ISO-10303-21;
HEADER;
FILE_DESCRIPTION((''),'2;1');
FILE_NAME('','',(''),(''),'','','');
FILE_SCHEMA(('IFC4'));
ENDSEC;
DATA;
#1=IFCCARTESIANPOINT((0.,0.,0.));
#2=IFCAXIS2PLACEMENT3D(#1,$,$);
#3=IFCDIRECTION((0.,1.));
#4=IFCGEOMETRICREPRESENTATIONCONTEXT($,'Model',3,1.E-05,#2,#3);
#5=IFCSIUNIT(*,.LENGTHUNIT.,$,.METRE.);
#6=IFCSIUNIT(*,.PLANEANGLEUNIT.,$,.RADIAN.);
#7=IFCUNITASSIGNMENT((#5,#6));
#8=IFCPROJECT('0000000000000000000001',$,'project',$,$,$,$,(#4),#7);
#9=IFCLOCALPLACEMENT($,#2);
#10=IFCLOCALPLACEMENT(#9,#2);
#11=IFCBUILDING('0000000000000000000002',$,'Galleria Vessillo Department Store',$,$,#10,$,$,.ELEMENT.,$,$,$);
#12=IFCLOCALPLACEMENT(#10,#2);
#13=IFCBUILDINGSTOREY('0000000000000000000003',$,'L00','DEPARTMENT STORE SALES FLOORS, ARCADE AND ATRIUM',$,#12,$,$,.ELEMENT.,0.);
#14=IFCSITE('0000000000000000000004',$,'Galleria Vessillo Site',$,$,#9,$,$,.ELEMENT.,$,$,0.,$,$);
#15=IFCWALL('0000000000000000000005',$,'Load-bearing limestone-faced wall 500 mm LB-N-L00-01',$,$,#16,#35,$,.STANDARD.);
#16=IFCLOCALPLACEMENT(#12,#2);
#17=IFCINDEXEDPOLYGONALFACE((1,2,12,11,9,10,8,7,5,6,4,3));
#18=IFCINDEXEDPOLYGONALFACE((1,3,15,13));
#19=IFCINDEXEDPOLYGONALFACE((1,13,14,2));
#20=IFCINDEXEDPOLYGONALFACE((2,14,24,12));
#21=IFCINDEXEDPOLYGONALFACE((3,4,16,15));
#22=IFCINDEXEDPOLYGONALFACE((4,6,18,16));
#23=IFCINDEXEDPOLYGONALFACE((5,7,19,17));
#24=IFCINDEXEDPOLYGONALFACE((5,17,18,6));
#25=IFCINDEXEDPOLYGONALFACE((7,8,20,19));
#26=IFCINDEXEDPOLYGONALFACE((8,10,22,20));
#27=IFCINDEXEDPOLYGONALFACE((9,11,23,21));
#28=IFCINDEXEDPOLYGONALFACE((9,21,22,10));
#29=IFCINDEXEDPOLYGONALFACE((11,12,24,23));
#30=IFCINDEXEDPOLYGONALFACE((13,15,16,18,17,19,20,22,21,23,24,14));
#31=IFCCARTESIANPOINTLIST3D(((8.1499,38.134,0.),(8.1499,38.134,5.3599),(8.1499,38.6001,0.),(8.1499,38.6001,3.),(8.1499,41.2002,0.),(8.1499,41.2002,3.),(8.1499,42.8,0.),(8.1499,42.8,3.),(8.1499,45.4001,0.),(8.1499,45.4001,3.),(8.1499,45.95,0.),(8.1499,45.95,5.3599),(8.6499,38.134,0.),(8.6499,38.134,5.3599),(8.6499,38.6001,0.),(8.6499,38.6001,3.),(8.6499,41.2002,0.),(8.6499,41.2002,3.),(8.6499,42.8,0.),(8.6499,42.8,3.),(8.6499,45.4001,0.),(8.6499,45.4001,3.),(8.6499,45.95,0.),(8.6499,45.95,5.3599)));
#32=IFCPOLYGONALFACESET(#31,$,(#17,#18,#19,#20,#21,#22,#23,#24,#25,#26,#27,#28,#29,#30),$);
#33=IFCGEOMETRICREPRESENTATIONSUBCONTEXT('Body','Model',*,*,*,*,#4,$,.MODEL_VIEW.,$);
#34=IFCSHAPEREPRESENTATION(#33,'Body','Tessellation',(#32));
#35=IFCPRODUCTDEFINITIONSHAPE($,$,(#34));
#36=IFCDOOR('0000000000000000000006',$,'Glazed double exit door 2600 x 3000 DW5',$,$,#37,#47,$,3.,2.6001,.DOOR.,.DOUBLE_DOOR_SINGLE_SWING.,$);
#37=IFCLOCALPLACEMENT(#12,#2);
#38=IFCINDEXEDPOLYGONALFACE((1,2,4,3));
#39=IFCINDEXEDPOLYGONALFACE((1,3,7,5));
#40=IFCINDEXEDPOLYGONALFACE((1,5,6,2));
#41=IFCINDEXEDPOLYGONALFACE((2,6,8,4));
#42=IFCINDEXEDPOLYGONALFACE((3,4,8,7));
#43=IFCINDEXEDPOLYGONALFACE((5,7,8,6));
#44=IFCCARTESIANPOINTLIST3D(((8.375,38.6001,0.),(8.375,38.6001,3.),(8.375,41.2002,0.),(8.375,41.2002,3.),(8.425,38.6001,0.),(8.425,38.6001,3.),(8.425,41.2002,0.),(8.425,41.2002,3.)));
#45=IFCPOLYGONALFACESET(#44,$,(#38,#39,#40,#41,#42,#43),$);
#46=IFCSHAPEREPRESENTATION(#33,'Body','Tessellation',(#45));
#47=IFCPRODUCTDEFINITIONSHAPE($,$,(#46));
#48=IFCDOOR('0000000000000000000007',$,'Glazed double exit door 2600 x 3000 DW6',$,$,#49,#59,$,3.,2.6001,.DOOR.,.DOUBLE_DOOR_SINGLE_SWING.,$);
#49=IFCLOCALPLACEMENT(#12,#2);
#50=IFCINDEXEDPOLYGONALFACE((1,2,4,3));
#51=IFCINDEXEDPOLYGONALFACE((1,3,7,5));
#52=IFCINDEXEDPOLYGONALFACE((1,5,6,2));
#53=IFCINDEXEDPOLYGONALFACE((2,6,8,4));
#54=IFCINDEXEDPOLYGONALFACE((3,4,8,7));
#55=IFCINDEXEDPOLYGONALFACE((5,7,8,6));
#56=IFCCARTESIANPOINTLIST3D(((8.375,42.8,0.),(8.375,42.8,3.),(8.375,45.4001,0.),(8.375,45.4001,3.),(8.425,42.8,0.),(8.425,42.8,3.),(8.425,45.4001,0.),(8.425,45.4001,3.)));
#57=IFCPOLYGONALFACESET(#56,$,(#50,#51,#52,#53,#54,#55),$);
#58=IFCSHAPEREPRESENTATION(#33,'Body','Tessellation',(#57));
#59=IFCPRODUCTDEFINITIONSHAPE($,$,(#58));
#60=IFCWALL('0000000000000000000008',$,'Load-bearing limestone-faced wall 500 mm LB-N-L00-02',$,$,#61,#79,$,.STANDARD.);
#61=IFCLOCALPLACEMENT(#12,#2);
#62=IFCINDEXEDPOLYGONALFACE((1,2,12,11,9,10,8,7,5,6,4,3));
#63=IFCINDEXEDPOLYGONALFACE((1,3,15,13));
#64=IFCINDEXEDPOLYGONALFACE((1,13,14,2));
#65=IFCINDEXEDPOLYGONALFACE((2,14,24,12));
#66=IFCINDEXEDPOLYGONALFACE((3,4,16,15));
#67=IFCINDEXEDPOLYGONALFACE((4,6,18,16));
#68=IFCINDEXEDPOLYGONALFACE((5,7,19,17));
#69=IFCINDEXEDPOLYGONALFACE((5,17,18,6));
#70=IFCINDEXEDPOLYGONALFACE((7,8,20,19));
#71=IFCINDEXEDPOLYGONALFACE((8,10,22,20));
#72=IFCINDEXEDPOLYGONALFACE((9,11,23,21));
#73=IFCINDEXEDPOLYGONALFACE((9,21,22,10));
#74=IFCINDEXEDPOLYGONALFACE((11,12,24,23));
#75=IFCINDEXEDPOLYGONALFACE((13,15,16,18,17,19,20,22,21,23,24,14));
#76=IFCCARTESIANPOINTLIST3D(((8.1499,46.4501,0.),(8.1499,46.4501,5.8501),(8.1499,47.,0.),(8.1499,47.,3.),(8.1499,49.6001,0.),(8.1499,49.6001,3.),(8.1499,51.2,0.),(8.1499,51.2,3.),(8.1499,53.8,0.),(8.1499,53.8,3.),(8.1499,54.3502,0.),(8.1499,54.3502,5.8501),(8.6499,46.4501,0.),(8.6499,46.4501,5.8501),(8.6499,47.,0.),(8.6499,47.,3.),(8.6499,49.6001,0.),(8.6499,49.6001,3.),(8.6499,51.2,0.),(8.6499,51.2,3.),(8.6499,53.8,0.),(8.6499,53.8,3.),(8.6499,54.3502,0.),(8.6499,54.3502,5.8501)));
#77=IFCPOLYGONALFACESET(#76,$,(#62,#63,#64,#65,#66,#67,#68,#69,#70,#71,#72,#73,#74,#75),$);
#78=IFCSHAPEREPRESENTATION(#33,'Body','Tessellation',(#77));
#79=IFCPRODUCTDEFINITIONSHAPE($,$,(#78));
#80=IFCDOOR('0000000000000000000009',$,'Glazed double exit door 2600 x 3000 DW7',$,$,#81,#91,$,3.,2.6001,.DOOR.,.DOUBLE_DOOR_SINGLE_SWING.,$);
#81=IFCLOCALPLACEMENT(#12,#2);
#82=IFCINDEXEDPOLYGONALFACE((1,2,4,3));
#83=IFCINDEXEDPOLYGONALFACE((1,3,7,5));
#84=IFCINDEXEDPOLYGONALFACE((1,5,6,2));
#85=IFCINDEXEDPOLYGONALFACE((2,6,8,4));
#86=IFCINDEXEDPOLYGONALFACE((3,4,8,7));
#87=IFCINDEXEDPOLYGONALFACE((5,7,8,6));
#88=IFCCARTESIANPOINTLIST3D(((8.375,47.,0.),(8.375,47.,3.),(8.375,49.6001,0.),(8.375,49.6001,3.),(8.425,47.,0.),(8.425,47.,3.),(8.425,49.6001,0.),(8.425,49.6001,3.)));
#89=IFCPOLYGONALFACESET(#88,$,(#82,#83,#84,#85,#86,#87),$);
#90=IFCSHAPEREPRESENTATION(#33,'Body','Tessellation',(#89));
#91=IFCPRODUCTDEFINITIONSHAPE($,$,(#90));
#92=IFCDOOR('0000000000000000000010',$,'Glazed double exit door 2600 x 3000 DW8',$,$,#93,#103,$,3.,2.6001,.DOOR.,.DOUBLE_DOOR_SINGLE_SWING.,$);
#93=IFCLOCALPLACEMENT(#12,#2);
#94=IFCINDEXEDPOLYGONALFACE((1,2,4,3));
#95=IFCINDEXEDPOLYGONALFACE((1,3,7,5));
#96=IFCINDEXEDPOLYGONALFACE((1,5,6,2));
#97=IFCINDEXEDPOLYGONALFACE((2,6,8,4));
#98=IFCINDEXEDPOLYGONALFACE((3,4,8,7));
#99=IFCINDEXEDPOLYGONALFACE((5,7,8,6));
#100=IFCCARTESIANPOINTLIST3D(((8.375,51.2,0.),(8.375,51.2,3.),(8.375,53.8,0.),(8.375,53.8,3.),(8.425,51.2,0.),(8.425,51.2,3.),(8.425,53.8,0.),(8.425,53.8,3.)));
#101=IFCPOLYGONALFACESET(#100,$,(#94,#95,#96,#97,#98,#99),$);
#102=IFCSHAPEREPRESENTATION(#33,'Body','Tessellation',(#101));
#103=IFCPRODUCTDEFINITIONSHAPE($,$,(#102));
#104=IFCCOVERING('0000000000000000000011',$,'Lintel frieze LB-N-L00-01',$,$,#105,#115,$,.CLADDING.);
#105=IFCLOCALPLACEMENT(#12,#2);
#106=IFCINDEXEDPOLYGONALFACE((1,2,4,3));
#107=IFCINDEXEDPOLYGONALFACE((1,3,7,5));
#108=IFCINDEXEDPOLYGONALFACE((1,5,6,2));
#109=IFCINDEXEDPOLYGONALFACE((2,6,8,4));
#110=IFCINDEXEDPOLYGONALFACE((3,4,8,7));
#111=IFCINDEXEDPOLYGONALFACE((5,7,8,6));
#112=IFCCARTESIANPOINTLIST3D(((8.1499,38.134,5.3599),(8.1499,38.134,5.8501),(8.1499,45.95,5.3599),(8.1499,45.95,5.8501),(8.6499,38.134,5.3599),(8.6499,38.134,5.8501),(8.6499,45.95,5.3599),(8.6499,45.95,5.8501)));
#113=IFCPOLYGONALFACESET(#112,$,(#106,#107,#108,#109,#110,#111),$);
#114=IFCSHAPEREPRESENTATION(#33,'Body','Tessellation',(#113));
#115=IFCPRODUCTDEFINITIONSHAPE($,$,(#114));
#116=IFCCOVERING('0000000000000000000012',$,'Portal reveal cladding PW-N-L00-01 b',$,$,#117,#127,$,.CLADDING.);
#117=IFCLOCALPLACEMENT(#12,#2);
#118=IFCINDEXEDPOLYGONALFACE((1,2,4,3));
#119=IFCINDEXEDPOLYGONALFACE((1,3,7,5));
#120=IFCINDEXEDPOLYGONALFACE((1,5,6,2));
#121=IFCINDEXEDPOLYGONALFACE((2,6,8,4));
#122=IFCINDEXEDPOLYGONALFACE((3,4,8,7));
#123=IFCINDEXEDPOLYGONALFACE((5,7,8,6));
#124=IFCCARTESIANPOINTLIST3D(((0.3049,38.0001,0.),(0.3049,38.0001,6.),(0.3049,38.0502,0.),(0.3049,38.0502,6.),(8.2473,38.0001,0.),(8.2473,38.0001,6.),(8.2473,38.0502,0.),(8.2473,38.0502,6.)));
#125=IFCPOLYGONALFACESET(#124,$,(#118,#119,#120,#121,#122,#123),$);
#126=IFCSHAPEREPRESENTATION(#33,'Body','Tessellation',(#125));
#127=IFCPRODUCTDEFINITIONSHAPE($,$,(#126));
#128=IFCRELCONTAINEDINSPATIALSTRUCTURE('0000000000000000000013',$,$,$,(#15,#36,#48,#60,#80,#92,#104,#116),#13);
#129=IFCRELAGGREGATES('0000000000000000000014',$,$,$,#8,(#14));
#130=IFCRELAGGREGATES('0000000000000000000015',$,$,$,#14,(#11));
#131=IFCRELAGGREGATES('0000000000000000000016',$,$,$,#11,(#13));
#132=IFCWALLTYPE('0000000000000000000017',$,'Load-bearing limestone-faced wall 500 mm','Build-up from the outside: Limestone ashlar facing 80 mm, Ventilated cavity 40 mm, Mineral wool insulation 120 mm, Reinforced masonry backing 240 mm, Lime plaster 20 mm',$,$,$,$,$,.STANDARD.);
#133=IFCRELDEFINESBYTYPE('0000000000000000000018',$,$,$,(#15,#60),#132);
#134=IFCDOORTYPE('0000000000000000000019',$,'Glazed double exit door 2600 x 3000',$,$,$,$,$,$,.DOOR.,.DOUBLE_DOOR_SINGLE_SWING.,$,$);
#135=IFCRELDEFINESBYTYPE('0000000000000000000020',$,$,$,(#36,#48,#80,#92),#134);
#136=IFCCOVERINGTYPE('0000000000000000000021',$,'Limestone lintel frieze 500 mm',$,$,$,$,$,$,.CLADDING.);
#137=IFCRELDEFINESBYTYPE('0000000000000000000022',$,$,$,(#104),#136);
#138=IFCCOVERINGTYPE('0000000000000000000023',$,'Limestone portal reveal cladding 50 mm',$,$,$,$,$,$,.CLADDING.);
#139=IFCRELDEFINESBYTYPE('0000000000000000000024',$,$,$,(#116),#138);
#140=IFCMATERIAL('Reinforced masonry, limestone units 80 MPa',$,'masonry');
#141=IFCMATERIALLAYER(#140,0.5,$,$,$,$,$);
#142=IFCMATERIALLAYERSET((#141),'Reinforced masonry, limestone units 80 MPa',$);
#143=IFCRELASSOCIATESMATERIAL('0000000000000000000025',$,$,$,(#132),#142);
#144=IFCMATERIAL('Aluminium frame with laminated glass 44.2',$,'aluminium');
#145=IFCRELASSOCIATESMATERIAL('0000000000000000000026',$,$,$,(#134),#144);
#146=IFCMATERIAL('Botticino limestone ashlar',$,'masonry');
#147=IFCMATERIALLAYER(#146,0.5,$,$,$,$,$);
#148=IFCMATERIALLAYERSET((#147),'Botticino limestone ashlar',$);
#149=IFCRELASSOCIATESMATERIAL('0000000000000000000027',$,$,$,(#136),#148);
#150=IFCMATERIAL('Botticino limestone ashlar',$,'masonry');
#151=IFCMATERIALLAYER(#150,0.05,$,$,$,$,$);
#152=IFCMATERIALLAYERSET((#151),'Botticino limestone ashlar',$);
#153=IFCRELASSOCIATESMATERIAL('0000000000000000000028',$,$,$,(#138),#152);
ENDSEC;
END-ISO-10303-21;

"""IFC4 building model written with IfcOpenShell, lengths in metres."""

from ifc_helpers import new_model, si_unit, direction, frame, frame_2d, origin, origin_2d, place, context, subcontext, project, spatial, rectangle, extrude, material, layer, layer_set, type_object, element, fill, save


model = new_model("IFC4")

# Units and contexts
model_context = context("Model", 3, precision=1e-05, world=origin(), true_north=direction((0.0, 1.0)))
body_context = subcontext(model_context, "Body", "Model", "MODEL_VIEW")
ifc_project = project(units=[si_unit("LENGTHUNIT", "METRE"), si_unit("PLANEANGLEUNIT", "RADIAN")], contexts=[model_context])

# Site, building, storey
site_placement = place(None, origin())
site = spatial("IfcSite", under=ifc_project, at=site_placement, Name="Galleria Vessillo Site", CompositionType="ELEMENT", RefElevation=0.0)
building_placement = place(site_placement, origin())
building = spatial("IfcBuilding", under=site, at=building_placement, Name="Galleria Vessillo Department Store", CompositionType="ELEMENT")
storey_placement = place(building_placement, origin())
storey = spatial("IfcBuildingStorey", under=building, at=storey_placement, Name="L00", Description="DEPARTMENT STORE SALES FLOORS, ARCADE AND ATRIUM", CompositionType="ELEMENT", Elevation=0.0)

# Walls, openings, doors
ifc_material_1 = material(Name="Reinforced masonry, limestone units 80 MPa", Category="masonry")
ifc_layer_1 = layer(ifc_material_1, 0.5)
ifc_layer_set_1 = layer_set([ifc_layer_1], Name="Reinforced masonry, limestone units 80 MPa")
wall_type = type_object("IfcWallType", Name="Load-bearing limestone-faced wall 500 mm", Description="Build-up from the outside: Limestone ashlar facing 80 mm, Ventilated cavity 40 mm, Mineral wool insulation 120 mm, Reinforced masonry backing 240 mm, Lime plaster 20 mm", PredefinedType="STANDARD", material=ifc_layer_set_1)
wall_1_placement = place(storey_placement, frame((8.3999, 38.134, 0.0), z_axis=(0.0, 0.0, 1.0), x_axis=(0.0, 1.0, 0.0)))
wall_1 = element("IfcWall", 1, at=wall_1_placement, inside=storey, type_object=wall_type, Name="Load-bearing limestone-faced wall 500 mm LB-N-L00-01", PredefinedType="STANDARD", context=body_context, shape_type="SweptSolid", body=[
    extrude(rectangle(XDim=7.8159, YDim=0.5, at=frame_2d((3.908, 0.0))), origin(), (0.0, 0.0, 1.0), 5.3599),
])
opening_1_placement = place(wall_1_placement, frame((0.4661, 0.0, 0.0)))
opening_1 = element("IfcOpeningElement", 2, at=opening_1_placement, cuts=wall_1, PredefinedType="OPENING", context=body_context, shape_type="SweptSolid", body=[
    extrude(rectangle(XDim=2.6001, YDim=3.0, at=frame_2d((1.3, 1.5))), frame((0.0, 0.26, 0.0), z_axis=(0.0, -1.0, 0.0), x_axis=(1.0, 0.0, 0.0)), (0.0, 0.0, 1.0), 0.52),
])
opening_2_placement = place(wall_1_placement, frame((4.666, 0.0, 0.0)))
opening_2 = element("IfcOpeningElement", 3, at=opening_2_placement, cuts=wall_1, PredefinedType="OPENING", context=body_context, shape_type="SweptSolid", body=[
    extrude(rectangle(XDim=2.6001, YDim=3.0, at=frame_2d((1.3, 1.5))), frame((0.0, 0.26, 0.0), z_axis=(0.0, -1.0, 0.0), x_axis=(1.0, 0.0, 0.0)), (0.0, 0.0, 1.0), 0.52),
])
ifc_material_2 = material(Name="Aluminium frame with laminated glass 44.2", Category="aluminium")
door_type = type_object("IfcDoorType", Name="Glazed double exit door 2600 x 3000", OperationType="DOUBLE_DOOR_SINGLE_SWING", PredefinedType="DOOR", material=ifc_material_2)
door_1_placement = place(opening_1_placement, origin())
door_1 = element("IfcDoor", 4, at=door_1_placement, inside=storey, type_object=door_type, Name="Glazed double exit door 2600 x 3000 DW5", OperationType="DOUBLE_DOOR_SINGLE_SWING", OverallHeight=3.0, OverallWidth=2.6001, PredefinedType="DOOR", context=body_context, shape_type="SweptSolid", body=[
    extrude(rectangle(XDim=2.6001, YDim=3.0, at=frame_2d((1.3, 1.5))), frame((0.0, 0.0249, 0.0), z_axis=(0.0, -1.0, 0.0), x_axis=(1.0, 0.0, 0.0)), (0.0, 0.0, 1.0), 0.05),
])
fill(opening_1, door_1)
door_2_placement = place(opening_2_placement, origin())
door_2 = element("IfcDoor", 5, at=door_2_placement, inside=storey, type_object=door_type, Name="Glazed double exit door 2600 x 3000 DW6", OperationType="DOUBLE_DOOR_SINGLE_SWING", OverallHeight=3.0, OverallWidth=2.6001, PredefinedType="DOOR", context=body_context, shape_type="SweptSolid", body=[
    extrude(rectangle(XDim=2.6001, YDim=3.0, at=frame_2d((1.3, 1.5))), frame((0.0, 0.0249, 0.0), z_axis=(0.0, -1.0, 0.0), x_axis=(1.0, 0.0, 0.0)), (0.0, 0.0, 1.0), 0.05),
])
fill(opening_2, door_2)
wall_2_placement = place(storey_placement, frame((8.3999, 46.45, 0.0), z_axis=(0.0, 0.0, 1.0), x_axis=(0.0, 1.0, 0.0)))
wall_2 = element("IfcWall", 6, at=wall_2_placement, inside=storey, type_object=wall_type, Name="Load-bearing limestone-faced wall 500 mm LB-N-L00-02", PredefinedType="STANDARD", context=body_context, shape_type="SweptSolid", body=[
    extrude(rectangle(XDim=7.9001, YDim=0.5, at=frame_2d((3.9502, 0.0))), origin(), (0.0, 0.0, 1.0), 5.8501),
])
opening_3_placement = place(wall_2_placement, frame((0.55, 0.0, 0.0)))
opening_3 = element("IfcOpeningElement", 7, at=opening_3_placement, cuts=wall_2, PredefinedType="OPENING", context=body_context, shape_type="SweptSolid", body=[
    extrude(rectangle(XDim=2.6001, YDim=3.0, at=frame_2d((1.3, 1.5))), frame((0.0, 0.26, 0.0), z_axis=(0.0, -1.0, 0.0), x_axis=(1.0, 0.0, 0.0)), (0.0, 0.0, 1.0), 0.52),
])
opening_4_placement = place(wall_2_placement, frame((4.75, 0.0, 0.0)))
opening_4 = element("IfcOpeningElement", 8, at=opening_4_placement, cuts=wall_2, PredefinedType="OPENING", context=body_context, shape_type="SweptSolid", body=[
    extrude(rectangle(XDim=2.6001, YDim=3.0, at=frame_2d((1.3, 1.5))), frame((0.0, 0.26, 0.0), z_axis=(0.0, -1.0, 0.0), x_axis=(1.0, 0.0, 0.0)), (0.0, 0.0, 1.0), 0.52),
])
door_3_placement = place(opening_3_placement, origin())
door_3 = element("IfcDoor", 9, at=door_3_placement, inside=storey, type_object=door_type, Name="Glazed double exit door 2600 x 3000 DW7", OperationType="DOUBLE_DOOR_SINGLE_SWING", OverallHeight=3.0, OverallWidth=2.6001, PredefinedType="DOOR", context=body_context, shape_type="SweptSolid", body=[
    extrude(rectangle(XDim=2.6001, YDim=3.0, at=frame_2d((1.3, 1.5))), frame((0.0, 0.0249, 0.0), z_axis=(0.0, -1.0, 0.0), x_axis=(1.0, 0.0, 0.0)), (0.0, 0.0, 1.0), 0.05),
])
fill(opening_3, door_3)
door_4_placement = place(opening_4_placement, origin())
door_4 = element("IfcDoor", 10, at=door_4_placement, inside=storey, type_object=door_type, Name="Glazed double exit door 2600 x 3000 DW8", OperationType="DOUBLE_DOOR_SINGLE_SWING", OverallHeight=3.0, OverallWidth=2.6001, PredefinedType="DOOR", context=body_context, shape_type="SweptSolid", body=[
    extrude(rectangle(XDim=2.6001, YDim=3.0, at=frame_2d((1.3, 1.5))), frame((0.0, 0.0249, 0.0), z_axis=(0.0, -1.0, 0.0), x_axis=(1.0, 0.0, 0.0)), (0.0, 0.0, 1.0), 0.05),
])
fill(opening_4, door_4)

# Coverings
ifc_material_3 = material(Name="Botticino limestone ashlar", Category="masonry")
ifc_layer_2 = layer(ifc_material_3, 0.5)
ifc_layer_set_2 = layer_set([ifc_layer_2], Name="Botticino limestone ashlar")
covering_type_1 = type_object("IfcCoveringType", Name="Limestone lintel frieze 500 mm", PredefinedType="CLADDING", material=ifc_layer_set_2)
covering_1_placement = place(storey_placement, frame((8.3999, 42.042, 5.3599), z_axis=(0.0, 0.0, 1.0), x_axis=(1.0, 0.0, 0.0)))
element("IfcCovering", 11, at=covering_1_placement, inside=storey, type_object=covering_type_1, Name="Lintel frieze LB-N-L00-01", PredefinedType="CLADDING", context=body_context, shape_type="SweptSolid", body=[
    extrude(rectangle(XDim=0.5, YDim=7.8159, at=origin_2d()), origin(), (0.0, 0.0, 1.0), 0.4902),
])
ifc_material_4 = material(Name="Botticino limestone ashlar", Category="masonry")
ifc_layer_3 = layer(ifc_material_4, 0.05)
ifc_layer_set_3 = layer_set([ifc_layer_3], Name="Botticino limestone ashlar")
covering_type_2 = type_object("IfcCoveringType", Name="Limestone portal reveal cladding 50 mm", PredefinedType="CLADDING", material=ifc_layer_set_3)
covering_2_placement = place(storey_placement, frame((4.2761, 38.0251, 0.0), z_axis=(0.0, 0.0, 1.0), x_axis=(1.0, 0.0, 0.0)))
element("IfcCovering", 12, at=covering_2_placement, inside=storey, type_object=covering_type_2, Name="Portal reveal cladding PW-N-L00-01 b", PredefinedType="CLADDING", context=body_context, shape_type="SweptSolid", body=[
    extrude(rectangle(XDim=7.9424, YDim=0.05, at=origin_2d()), origin(), (0.0, 0.0, 1.0), 6.0),
])

save(model, "model.ifc")
